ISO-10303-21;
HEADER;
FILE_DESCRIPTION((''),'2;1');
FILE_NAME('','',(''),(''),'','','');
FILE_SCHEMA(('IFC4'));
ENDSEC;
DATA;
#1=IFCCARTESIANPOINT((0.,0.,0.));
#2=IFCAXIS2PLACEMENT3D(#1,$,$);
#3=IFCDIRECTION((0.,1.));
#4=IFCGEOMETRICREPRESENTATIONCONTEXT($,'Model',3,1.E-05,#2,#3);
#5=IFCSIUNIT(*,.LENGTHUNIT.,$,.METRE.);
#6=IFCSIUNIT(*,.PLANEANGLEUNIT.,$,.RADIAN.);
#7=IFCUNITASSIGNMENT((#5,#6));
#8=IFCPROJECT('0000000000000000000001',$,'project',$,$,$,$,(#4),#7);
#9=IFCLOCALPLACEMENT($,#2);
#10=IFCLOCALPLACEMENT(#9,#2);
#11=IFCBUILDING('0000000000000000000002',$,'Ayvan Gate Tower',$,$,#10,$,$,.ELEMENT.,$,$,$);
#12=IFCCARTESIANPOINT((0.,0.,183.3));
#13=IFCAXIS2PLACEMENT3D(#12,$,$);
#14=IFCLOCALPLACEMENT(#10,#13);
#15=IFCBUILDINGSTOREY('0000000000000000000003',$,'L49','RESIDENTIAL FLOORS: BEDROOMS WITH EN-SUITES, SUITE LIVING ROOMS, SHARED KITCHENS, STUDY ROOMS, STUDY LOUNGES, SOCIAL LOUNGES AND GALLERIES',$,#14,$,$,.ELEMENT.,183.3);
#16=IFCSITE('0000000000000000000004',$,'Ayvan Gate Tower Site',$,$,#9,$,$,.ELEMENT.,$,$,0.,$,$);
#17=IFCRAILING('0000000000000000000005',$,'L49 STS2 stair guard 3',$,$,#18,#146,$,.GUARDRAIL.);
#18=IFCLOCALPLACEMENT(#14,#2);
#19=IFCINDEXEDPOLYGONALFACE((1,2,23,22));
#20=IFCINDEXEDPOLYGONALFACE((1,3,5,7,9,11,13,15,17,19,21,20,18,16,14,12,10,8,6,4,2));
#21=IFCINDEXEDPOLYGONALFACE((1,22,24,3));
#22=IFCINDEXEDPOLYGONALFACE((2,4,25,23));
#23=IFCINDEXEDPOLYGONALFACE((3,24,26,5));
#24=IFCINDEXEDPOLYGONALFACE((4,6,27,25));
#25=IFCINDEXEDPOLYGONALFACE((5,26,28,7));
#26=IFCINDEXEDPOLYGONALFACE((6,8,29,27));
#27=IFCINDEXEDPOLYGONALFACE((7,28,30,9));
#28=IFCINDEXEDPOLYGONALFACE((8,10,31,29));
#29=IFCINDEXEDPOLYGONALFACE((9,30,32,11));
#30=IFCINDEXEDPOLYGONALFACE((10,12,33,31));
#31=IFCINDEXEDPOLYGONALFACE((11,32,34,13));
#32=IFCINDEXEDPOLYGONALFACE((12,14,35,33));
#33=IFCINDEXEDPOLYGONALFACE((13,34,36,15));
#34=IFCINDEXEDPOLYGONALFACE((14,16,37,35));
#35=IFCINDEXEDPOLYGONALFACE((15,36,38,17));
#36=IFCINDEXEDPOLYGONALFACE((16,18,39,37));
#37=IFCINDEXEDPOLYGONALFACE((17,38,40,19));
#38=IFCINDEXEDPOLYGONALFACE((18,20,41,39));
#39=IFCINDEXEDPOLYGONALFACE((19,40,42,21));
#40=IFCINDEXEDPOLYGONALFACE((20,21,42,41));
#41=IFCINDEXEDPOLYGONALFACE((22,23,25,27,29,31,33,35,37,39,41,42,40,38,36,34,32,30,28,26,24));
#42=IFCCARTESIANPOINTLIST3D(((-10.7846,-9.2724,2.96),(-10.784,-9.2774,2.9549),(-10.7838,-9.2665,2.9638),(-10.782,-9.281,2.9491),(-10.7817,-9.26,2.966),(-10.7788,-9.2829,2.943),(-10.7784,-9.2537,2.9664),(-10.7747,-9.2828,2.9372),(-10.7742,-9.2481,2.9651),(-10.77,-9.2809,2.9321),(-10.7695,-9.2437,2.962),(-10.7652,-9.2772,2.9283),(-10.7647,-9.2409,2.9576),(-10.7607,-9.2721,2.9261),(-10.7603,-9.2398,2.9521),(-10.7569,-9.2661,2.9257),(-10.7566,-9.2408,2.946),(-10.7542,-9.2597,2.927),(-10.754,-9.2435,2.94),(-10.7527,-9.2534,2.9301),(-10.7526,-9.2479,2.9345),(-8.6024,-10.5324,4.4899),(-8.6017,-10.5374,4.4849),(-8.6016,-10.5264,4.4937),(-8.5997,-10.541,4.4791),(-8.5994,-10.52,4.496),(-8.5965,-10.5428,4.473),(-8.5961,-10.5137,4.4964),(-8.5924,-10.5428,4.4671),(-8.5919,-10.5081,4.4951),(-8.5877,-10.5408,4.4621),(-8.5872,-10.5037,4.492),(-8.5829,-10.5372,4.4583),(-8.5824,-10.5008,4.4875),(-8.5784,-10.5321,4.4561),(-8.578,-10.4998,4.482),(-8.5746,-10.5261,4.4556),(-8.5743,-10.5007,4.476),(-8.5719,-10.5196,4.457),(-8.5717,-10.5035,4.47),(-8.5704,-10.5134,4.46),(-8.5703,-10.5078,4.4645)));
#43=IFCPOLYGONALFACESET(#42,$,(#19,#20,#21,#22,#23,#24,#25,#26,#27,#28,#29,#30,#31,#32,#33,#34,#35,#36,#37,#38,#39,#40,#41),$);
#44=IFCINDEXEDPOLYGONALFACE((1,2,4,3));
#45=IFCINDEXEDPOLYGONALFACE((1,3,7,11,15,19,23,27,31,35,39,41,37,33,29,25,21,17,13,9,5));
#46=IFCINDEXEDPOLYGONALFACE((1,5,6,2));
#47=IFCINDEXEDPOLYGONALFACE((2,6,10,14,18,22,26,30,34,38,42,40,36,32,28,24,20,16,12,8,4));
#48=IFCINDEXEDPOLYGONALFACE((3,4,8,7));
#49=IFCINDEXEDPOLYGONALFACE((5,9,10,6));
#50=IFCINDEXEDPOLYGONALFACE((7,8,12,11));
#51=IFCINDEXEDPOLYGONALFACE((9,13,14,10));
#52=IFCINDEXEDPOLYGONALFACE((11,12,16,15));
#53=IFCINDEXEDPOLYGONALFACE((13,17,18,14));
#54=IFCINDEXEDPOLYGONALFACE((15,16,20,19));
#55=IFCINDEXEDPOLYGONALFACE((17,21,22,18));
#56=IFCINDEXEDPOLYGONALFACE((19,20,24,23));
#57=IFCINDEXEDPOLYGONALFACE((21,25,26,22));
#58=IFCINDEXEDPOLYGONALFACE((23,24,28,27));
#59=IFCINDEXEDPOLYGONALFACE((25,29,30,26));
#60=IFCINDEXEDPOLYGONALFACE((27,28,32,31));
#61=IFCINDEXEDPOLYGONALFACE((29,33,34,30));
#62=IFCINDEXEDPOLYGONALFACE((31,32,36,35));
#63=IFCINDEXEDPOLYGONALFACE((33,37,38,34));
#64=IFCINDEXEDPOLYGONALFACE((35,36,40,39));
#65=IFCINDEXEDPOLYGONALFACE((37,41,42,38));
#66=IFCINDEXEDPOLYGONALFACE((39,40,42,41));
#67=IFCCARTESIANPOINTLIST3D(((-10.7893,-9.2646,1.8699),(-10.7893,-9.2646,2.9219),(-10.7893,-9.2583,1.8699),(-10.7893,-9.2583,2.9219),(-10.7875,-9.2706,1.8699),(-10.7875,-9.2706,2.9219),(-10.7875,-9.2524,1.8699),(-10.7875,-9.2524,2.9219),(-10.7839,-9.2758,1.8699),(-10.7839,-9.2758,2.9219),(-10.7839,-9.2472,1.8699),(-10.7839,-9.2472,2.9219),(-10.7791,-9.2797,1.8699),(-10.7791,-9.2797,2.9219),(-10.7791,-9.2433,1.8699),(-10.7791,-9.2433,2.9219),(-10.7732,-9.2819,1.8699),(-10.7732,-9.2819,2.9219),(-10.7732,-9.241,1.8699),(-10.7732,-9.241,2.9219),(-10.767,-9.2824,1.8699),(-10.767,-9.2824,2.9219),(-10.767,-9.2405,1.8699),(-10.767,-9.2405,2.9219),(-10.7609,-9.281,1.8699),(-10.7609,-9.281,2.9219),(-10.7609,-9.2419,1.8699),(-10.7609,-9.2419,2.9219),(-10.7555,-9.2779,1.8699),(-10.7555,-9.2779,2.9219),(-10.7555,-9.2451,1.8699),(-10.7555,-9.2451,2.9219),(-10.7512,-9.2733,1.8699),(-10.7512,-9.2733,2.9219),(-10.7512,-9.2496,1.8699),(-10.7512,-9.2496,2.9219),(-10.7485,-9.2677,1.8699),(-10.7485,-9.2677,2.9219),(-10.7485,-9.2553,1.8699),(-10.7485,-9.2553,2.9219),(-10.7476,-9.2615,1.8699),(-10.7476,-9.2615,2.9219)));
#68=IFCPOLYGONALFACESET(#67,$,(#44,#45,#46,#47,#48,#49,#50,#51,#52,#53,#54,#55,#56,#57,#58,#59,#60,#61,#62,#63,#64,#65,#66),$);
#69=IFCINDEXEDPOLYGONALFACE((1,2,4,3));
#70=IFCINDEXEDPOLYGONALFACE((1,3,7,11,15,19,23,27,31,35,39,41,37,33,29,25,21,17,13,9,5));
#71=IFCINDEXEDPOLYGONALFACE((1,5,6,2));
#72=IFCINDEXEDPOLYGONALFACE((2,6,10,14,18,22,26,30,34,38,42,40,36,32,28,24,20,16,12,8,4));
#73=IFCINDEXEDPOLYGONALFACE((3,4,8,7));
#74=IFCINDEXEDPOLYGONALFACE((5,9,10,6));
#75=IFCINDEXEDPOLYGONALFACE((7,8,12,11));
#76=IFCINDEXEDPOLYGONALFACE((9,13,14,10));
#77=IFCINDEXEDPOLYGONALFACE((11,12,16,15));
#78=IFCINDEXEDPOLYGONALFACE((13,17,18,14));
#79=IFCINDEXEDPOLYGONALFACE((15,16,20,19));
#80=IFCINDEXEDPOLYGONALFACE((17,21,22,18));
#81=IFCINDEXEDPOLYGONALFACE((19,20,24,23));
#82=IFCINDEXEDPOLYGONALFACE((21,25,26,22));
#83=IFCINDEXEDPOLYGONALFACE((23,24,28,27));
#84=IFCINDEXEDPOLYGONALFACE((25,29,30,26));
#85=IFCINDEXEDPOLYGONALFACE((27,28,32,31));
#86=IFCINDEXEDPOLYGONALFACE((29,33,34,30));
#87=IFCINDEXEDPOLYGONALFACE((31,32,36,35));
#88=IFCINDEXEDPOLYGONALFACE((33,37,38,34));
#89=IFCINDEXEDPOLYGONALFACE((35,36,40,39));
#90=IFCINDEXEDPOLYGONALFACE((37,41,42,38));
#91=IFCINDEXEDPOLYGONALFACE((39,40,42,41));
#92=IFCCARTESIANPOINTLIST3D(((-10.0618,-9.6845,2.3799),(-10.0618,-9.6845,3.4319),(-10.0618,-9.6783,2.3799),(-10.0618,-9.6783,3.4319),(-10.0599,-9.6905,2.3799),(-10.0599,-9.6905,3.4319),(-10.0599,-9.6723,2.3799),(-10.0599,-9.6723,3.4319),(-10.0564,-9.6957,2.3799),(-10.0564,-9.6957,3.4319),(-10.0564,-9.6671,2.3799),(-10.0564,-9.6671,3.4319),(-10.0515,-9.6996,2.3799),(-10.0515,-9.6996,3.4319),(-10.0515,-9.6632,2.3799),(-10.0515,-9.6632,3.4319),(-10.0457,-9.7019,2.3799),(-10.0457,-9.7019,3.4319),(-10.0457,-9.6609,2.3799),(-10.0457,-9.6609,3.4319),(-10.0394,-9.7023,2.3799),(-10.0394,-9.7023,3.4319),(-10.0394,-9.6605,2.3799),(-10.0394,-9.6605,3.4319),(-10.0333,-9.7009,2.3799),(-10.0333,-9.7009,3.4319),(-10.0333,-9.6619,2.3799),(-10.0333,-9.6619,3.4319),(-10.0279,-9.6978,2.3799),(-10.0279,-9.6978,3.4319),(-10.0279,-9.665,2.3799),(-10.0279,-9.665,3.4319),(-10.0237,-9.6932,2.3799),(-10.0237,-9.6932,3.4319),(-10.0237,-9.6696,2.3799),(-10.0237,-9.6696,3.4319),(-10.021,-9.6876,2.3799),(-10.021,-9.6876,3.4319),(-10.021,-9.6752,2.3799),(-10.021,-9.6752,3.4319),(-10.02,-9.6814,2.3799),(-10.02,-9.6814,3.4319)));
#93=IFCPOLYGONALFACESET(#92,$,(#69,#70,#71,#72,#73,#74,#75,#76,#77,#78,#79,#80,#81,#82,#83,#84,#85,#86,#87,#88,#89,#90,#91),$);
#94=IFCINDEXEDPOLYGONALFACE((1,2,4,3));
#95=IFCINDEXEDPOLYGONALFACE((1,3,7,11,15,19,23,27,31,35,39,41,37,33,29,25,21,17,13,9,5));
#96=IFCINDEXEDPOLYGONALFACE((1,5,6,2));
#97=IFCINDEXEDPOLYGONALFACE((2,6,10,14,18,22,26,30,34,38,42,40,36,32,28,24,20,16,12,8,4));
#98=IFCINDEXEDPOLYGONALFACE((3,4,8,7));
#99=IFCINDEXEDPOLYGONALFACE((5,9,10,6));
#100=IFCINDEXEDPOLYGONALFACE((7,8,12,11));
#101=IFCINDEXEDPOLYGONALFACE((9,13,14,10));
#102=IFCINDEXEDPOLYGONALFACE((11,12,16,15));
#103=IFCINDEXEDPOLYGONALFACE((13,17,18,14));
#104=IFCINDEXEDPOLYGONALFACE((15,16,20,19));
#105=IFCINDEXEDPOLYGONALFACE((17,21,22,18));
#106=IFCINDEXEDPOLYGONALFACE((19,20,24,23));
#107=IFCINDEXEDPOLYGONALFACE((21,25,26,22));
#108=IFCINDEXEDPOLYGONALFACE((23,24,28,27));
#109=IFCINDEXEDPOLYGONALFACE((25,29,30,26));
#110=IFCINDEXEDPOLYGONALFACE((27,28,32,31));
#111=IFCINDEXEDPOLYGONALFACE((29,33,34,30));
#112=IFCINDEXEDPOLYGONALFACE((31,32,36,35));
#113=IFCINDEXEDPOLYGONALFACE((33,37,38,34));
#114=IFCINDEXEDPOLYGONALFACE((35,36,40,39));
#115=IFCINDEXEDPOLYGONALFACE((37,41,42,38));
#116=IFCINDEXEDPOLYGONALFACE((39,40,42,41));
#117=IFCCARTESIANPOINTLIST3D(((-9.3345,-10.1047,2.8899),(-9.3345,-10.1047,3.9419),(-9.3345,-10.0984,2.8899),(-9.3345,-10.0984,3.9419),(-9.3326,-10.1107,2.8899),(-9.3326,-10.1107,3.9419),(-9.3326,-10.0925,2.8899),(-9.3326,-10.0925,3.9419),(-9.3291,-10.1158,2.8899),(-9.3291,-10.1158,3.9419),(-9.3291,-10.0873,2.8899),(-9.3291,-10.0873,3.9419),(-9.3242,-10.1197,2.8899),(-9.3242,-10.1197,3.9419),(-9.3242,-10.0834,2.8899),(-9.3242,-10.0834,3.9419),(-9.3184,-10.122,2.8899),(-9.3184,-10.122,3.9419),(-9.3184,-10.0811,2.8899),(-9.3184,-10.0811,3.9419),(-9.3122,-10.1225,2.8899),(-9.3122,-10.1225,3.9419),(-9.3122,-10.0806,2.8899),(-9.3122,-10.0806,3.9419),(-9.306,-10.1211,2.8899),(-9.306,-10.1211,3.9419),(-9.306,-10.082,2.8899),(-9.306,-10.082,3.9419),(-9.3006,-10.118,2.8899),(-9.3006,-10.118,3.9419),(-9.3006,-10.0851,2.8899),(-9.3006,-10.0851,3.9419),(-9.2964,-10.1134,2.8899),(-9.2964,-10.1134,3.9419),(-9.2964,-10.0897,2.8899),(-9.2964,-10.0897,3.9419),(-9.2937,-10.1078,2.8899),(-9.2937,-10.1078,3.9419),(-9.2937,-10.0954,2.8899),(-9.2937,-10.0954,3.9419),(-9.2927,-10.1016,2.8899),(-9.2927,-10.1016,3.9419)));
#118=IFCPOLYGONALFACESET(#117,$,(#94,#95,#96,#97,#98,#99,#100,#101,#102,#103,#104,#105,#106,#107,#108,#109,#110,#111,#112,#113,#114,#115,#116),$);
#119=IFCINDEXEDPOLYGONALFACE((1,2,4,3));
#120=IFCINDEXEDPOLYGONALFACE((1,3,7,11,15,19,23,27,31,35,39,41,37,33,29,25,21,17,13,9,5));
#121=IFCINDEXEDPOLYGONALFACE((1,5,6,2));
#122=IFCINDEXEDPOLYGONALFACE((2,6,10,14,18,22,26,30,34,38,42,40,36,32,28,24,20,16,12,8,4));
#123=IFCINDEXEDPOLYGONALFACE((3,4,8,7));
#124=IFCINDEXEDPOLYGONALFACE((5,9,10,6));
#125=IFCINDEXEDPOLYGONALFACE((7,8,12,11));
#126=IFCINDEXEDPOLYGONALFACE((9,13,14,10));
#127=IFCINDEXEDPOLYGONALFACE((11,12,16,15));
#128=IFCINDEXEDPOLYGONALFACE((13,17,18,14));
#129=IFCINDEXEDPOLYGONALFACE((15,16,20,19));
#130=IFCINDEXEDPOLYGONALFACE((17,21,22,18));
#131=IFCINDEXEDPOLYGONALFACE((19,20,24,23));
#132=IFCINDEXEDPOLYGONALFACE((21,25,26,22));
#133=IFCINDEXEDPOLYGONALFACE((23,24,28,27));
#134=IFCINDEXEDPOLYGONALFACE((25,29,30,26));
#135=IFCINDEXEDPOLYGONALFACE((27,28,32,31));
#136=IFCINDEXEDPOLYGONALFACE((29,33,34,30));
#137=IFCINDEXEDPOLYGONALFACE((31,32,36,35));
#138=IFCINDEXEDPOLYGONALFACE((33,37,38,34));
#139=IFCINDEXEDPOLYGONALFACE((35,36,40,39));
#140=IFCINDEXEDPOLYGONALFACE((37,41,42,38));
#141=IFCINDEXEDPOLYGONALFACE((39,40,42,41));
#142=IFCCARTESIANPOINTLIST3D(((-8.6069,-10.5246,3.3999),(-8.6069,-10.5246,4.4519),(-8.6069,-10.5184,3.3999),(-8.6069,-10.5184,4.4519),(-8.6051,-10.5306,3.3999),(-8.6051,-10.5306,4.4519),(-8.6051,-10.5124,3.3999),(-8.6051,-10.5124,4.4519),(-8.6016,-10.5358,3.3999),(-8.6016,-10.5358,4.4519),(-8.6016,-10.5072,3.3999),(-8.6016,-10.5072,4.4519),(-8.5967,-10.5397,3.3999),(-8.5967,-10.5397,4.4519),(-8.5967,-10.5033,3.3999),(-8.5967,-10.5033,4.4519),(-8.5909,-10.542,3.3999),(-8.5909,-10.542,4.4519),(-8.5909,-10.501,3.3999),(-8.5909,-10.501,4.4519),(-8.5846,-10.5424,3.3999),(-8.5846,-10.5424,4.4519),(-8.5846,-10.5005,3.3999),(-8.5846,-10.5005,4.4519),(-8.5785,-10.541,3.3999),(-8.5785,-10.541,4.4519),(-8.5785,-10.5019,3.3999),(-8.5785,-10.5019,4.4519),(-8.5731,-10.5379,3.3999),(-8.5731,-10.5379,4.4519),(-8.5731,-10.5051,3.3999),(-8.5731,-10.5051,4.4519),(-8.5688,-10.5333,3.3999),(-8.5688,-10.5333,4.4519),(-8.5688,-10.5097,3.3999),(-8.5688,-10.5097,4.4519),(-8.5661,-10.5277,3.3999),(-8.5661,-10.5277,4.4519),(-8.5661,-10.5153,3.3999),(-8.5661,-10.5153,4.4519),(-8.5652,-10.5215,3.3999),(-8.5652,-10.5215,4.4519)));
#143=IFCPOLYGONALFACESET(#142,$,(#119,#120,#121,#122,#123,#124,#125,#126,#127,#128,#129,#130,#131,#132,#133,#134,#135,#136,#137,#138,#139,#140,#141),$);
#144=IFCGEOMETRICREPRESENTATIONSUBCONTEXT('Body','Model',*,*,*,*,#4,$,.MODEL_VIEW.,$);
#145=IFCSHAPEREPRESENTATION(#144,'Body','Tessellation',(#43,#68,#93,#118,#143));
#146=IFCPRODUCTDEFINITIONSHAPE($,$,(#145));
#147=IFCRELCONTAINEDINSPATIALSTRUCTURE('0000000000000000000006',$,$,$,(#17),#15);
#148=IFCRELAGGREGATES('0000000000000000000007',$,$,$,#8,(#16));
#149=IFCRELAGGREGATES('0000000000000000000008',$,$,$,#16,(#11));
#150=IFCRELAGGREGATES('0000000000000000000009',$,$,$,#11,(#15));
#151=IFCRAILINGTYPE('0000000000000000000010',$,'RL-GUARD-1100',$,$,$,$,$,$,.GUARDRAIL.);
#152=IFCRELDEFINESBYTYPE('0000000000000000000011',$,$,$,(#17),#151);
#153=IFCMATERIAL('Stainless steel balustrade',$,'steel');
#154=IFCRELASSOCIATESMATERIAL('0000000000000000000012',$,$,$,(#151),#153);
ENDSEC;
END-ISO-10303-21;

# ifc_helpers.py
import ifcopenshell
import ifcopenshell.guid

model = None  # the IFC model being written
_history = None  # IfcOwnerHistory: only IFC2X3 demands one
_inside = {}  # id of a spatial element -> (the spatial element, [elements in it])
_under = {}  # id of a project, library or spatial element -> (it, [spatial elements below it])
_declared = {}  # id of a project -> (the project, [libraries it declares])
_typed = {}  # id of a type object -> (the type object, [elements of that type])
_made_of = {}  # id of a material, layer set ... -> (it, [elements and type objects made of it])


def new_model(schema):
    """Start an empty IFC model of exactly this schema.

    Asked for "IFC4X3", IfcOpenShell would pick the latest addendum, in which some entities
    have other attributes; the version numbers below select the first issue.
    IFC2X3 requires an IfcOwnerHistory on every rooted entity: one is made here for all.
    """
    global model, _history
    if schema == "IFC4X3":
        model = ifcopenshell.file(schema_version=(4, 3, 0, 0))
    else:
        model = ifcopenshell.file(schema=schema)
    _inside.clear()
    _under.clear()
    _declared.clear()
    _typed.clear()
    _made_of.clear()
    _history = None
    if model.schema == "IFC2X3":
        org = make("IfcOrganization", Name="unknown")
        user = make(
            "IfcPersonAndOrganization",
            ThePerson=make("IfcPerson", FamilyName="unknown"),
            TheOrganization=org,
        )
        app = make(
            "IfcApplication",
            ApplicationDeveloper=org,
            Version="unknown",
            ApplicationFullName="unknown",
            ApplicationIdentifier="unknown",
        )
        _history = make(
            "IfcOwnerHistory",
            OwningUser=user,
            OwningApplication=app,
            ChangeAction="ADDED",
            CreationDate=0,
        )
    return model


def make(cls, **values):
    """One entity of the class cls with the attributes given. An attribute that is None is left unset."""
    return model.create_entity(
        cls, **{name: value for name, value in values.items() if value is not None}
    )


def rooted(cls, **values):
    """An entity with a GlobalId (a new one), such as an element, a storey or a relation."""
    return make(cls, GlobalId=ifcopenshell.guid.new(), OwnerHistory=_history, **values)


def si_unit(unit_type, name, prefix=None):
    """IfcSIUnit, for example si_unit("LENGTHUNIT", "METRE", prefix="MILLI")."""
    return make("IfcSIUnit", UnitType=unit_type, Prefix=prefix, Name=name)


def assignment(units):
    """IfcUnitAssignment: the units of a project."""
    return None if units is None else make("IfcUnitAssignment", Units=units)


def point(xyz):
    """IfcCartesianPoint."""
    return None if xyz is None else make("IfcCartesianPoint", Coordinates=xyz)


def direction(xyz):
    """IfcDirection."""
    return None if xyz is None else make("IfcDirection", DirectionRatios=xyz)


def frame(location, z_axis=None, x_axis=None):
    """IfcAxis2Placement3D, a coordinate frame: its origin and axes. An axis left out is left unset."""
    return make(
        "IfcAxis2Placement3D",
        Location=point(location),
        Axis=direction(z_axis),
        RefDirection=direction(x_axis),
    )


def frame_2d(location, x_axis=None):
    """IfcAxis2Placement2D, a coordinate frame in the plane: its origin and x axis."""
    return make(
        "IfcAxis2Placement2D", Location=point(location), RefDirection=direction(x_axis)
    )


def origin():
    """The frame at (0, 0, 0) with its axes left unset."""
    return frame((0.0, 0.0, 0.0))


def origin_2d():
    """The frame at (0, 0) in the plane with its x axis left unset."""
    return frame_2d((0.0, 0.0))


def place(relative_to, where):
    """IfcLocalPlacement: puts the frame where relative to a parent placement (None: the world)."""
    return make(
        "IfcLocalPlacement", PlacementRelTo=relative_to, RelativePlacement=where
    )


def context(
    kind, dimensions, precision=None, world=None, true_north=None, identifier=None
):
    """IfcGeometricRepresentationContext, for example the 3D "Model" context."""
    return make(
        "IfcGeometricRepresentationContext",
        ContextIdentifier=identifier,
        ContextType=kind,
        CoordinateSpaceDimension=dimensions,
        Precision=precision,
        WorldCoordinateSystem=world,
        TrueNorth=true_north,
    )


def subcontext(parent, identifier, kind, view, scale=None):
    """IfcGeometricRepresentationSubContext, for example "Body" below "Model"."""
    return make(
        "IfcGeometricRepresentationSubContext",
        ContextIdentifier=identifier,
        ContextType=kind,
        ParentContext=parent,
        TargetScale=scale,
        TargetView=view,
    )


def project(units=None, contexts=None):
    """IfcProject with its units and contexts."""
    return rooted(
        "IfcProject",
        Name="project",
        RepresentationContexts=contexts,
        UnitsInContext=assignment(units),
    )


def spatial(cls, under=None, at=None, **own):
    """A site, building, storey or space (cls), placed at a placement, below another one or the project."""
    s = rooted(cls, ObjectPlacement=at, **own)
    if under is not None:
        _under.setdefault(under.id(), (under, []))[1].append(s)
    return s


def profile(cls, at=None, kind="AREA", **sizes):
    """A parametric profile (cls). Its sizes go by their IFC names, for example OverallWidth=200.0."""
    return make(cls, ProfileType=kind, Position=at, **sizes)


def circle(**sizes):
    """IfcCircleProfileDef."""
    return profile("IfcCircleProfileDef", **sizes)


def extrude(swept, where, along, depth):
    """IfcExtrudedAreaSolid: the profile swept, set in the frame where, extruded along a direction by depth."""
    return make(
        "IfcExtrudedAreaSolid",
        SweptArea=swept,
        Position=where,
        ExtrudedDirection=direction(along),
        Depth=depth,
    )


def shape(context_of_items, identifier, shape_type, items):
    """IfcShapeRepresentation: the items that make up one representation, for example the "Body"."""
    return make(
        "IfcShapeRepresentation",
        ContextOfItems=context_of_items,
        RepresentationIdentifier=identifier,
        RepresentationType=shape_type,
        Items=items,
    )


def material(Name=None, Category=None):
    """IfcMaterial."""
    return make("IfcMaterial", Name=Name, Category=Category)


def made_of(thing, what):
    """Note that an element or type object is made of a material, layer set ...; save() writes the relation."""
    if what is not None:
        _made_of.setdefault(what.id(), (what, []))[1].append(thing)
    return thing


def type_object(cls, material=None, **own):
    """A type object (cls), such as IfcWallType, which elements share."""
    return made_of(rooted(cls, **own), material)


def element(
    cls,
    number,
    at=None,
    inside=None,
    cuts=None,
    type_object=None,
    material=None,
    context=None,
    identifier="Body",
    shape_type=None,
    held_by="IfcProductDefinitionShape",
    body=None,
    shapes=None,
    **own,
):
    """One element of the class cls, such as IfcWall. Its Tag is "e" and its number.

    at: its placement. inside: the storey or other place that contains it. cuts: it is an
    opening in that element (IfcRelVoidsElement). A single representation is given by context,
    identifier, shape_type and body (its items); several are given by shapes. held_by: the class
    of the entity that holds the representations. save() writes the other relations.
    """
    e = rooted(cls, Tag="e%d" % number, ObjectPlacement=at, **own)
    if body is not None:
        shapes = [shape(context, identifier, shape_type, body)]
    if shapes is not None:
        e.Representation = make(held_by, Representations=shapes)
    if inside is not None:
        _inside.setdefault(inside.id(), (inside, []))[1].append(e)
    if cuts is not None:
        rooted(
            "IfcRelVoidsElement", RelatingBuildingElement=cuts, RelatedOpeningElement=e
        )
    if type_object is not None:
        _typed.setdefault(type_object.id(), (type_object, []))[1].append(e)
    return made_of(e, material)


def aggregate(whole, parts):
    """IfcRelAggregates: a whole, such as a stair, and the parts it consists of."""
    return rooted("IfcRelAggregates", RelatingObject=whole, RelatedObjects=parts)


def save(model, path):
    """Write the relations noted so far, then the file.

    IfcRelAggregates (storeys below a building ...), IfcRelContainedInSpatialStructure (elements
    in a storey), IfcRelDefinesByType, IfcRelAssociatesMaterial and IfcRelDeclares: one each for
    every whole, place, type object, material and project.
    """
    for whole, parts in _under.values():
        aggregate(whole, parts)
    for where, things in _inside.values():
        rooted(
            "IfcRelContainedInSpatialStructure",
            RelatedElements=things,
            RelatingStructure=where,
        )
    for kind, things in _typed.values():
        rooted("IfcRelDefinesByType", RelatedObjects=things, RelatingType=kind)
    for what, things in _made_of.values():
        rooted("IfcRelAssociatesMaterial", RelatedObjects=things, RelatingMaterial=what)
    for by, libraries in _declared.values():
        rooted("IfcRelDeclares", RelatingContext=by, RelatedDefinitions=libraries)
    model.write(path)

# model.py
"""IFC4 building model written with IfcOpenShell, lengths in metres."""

from ifc_helpers import new_model, si_unit, direction, frame, origin, origin_2d, place, context, subcontext, project, spatial, circle, extrude, material, type_object, element, save


model = new_model("IFC4")

# Units and contexts
model_context = context("Model", 3, precision=1e-05, world=origin(), true_north=direction((0.0, 1.0)))
body_context = subcontext(model_context, "Body", "Model", "MODEL_VIEW")
ifc_project = project(units=[si_unit("LENGTHUNIT", "METRE"), si_unit("PLANEANGLEUNIT", "RADIAN")], contexts=[model_context])

# Site, building, storey
site_placement = place(None, origin())
site = spatial("IfcSite", under=ifc_project, at=site_placement, Name="Ayvan Gate Tower Site", CompositionType="ELEMENT", RefElevation=0.0)
building_placement = place(site_placement, origin())
building = spatial("IfcBuilding", under=site, at=building_placement, Name="Ayvan Gate Tower", CompositionType="ELEMENT")
storey_placement = place(building_placement, frame((0.0, 0.0, 183.3)))
storey = spatial("IfcBuildingStorey", under=building, at=storey_placement, Name="L49", Description="RESIDENTIAL FLOORS: BEDROOMS WITH EN-SUITES, SUITE LIVING ROOMS, SHARED KITCHENS, STUDY ROOMS, STUDY LOUNGES, SOCIAL LOUNGES AND GALLERIES", CompositionType="ELEMENT", Elevation=183.3)

# Railing
ifc_material_1 = material(Name="Stainless steel balustrade", Category="steel")
railing_type_1 = type_object("IfcRailingType", Name="RL-GUARD-1100", PredefinedType="GUARDRAIL", material=ifc_material_1)
railing_1_placement = place(storey_placement, frame((-10.7686, -9.2615, 1.8699)))
element("IfcRailing", 1, at=railing_1_placement, inside=storey, type_object=railing_type_1, Name="L49 STS2 stair guard 3", PredefinedType="GUARDRAIL", context=body_context, shape_type="SweptSolid", body=[
    extrude(circle(Radius=0.0239, at=origin_2d()), frame((0.0, 0.0, 1.0762), z_axis=(0.740261, -0.427395, 0.518986), x_axis=(0.500005, 0.866023, 0.0)), (0.0, 0.0, 1.0), 2.948),
    extrude(circle(Radius=0.021, at=origin_2d()), origin(), (0.0, 0.0, 1.0), 1.052),
    extrude(circle(Radius=0.021, at=origin_2d()), frame((0.7275, -0.4199, 0.51)), (0.0, 0.0, 1.0), 1.052),
    extrude(circle(Radius=0.021, at=origin_2d()), frame((1.4548, -0.8401, 1.02)), (0.0, 0.0, 1.0), 1.052),
    extrude(circle(Radius=0.021, at=origin_2d()), frame((2.1824, -1.26, 1.53)), (0.0, 0.0, 1.0), 1.052),
])

save(model, "model.ifc")
